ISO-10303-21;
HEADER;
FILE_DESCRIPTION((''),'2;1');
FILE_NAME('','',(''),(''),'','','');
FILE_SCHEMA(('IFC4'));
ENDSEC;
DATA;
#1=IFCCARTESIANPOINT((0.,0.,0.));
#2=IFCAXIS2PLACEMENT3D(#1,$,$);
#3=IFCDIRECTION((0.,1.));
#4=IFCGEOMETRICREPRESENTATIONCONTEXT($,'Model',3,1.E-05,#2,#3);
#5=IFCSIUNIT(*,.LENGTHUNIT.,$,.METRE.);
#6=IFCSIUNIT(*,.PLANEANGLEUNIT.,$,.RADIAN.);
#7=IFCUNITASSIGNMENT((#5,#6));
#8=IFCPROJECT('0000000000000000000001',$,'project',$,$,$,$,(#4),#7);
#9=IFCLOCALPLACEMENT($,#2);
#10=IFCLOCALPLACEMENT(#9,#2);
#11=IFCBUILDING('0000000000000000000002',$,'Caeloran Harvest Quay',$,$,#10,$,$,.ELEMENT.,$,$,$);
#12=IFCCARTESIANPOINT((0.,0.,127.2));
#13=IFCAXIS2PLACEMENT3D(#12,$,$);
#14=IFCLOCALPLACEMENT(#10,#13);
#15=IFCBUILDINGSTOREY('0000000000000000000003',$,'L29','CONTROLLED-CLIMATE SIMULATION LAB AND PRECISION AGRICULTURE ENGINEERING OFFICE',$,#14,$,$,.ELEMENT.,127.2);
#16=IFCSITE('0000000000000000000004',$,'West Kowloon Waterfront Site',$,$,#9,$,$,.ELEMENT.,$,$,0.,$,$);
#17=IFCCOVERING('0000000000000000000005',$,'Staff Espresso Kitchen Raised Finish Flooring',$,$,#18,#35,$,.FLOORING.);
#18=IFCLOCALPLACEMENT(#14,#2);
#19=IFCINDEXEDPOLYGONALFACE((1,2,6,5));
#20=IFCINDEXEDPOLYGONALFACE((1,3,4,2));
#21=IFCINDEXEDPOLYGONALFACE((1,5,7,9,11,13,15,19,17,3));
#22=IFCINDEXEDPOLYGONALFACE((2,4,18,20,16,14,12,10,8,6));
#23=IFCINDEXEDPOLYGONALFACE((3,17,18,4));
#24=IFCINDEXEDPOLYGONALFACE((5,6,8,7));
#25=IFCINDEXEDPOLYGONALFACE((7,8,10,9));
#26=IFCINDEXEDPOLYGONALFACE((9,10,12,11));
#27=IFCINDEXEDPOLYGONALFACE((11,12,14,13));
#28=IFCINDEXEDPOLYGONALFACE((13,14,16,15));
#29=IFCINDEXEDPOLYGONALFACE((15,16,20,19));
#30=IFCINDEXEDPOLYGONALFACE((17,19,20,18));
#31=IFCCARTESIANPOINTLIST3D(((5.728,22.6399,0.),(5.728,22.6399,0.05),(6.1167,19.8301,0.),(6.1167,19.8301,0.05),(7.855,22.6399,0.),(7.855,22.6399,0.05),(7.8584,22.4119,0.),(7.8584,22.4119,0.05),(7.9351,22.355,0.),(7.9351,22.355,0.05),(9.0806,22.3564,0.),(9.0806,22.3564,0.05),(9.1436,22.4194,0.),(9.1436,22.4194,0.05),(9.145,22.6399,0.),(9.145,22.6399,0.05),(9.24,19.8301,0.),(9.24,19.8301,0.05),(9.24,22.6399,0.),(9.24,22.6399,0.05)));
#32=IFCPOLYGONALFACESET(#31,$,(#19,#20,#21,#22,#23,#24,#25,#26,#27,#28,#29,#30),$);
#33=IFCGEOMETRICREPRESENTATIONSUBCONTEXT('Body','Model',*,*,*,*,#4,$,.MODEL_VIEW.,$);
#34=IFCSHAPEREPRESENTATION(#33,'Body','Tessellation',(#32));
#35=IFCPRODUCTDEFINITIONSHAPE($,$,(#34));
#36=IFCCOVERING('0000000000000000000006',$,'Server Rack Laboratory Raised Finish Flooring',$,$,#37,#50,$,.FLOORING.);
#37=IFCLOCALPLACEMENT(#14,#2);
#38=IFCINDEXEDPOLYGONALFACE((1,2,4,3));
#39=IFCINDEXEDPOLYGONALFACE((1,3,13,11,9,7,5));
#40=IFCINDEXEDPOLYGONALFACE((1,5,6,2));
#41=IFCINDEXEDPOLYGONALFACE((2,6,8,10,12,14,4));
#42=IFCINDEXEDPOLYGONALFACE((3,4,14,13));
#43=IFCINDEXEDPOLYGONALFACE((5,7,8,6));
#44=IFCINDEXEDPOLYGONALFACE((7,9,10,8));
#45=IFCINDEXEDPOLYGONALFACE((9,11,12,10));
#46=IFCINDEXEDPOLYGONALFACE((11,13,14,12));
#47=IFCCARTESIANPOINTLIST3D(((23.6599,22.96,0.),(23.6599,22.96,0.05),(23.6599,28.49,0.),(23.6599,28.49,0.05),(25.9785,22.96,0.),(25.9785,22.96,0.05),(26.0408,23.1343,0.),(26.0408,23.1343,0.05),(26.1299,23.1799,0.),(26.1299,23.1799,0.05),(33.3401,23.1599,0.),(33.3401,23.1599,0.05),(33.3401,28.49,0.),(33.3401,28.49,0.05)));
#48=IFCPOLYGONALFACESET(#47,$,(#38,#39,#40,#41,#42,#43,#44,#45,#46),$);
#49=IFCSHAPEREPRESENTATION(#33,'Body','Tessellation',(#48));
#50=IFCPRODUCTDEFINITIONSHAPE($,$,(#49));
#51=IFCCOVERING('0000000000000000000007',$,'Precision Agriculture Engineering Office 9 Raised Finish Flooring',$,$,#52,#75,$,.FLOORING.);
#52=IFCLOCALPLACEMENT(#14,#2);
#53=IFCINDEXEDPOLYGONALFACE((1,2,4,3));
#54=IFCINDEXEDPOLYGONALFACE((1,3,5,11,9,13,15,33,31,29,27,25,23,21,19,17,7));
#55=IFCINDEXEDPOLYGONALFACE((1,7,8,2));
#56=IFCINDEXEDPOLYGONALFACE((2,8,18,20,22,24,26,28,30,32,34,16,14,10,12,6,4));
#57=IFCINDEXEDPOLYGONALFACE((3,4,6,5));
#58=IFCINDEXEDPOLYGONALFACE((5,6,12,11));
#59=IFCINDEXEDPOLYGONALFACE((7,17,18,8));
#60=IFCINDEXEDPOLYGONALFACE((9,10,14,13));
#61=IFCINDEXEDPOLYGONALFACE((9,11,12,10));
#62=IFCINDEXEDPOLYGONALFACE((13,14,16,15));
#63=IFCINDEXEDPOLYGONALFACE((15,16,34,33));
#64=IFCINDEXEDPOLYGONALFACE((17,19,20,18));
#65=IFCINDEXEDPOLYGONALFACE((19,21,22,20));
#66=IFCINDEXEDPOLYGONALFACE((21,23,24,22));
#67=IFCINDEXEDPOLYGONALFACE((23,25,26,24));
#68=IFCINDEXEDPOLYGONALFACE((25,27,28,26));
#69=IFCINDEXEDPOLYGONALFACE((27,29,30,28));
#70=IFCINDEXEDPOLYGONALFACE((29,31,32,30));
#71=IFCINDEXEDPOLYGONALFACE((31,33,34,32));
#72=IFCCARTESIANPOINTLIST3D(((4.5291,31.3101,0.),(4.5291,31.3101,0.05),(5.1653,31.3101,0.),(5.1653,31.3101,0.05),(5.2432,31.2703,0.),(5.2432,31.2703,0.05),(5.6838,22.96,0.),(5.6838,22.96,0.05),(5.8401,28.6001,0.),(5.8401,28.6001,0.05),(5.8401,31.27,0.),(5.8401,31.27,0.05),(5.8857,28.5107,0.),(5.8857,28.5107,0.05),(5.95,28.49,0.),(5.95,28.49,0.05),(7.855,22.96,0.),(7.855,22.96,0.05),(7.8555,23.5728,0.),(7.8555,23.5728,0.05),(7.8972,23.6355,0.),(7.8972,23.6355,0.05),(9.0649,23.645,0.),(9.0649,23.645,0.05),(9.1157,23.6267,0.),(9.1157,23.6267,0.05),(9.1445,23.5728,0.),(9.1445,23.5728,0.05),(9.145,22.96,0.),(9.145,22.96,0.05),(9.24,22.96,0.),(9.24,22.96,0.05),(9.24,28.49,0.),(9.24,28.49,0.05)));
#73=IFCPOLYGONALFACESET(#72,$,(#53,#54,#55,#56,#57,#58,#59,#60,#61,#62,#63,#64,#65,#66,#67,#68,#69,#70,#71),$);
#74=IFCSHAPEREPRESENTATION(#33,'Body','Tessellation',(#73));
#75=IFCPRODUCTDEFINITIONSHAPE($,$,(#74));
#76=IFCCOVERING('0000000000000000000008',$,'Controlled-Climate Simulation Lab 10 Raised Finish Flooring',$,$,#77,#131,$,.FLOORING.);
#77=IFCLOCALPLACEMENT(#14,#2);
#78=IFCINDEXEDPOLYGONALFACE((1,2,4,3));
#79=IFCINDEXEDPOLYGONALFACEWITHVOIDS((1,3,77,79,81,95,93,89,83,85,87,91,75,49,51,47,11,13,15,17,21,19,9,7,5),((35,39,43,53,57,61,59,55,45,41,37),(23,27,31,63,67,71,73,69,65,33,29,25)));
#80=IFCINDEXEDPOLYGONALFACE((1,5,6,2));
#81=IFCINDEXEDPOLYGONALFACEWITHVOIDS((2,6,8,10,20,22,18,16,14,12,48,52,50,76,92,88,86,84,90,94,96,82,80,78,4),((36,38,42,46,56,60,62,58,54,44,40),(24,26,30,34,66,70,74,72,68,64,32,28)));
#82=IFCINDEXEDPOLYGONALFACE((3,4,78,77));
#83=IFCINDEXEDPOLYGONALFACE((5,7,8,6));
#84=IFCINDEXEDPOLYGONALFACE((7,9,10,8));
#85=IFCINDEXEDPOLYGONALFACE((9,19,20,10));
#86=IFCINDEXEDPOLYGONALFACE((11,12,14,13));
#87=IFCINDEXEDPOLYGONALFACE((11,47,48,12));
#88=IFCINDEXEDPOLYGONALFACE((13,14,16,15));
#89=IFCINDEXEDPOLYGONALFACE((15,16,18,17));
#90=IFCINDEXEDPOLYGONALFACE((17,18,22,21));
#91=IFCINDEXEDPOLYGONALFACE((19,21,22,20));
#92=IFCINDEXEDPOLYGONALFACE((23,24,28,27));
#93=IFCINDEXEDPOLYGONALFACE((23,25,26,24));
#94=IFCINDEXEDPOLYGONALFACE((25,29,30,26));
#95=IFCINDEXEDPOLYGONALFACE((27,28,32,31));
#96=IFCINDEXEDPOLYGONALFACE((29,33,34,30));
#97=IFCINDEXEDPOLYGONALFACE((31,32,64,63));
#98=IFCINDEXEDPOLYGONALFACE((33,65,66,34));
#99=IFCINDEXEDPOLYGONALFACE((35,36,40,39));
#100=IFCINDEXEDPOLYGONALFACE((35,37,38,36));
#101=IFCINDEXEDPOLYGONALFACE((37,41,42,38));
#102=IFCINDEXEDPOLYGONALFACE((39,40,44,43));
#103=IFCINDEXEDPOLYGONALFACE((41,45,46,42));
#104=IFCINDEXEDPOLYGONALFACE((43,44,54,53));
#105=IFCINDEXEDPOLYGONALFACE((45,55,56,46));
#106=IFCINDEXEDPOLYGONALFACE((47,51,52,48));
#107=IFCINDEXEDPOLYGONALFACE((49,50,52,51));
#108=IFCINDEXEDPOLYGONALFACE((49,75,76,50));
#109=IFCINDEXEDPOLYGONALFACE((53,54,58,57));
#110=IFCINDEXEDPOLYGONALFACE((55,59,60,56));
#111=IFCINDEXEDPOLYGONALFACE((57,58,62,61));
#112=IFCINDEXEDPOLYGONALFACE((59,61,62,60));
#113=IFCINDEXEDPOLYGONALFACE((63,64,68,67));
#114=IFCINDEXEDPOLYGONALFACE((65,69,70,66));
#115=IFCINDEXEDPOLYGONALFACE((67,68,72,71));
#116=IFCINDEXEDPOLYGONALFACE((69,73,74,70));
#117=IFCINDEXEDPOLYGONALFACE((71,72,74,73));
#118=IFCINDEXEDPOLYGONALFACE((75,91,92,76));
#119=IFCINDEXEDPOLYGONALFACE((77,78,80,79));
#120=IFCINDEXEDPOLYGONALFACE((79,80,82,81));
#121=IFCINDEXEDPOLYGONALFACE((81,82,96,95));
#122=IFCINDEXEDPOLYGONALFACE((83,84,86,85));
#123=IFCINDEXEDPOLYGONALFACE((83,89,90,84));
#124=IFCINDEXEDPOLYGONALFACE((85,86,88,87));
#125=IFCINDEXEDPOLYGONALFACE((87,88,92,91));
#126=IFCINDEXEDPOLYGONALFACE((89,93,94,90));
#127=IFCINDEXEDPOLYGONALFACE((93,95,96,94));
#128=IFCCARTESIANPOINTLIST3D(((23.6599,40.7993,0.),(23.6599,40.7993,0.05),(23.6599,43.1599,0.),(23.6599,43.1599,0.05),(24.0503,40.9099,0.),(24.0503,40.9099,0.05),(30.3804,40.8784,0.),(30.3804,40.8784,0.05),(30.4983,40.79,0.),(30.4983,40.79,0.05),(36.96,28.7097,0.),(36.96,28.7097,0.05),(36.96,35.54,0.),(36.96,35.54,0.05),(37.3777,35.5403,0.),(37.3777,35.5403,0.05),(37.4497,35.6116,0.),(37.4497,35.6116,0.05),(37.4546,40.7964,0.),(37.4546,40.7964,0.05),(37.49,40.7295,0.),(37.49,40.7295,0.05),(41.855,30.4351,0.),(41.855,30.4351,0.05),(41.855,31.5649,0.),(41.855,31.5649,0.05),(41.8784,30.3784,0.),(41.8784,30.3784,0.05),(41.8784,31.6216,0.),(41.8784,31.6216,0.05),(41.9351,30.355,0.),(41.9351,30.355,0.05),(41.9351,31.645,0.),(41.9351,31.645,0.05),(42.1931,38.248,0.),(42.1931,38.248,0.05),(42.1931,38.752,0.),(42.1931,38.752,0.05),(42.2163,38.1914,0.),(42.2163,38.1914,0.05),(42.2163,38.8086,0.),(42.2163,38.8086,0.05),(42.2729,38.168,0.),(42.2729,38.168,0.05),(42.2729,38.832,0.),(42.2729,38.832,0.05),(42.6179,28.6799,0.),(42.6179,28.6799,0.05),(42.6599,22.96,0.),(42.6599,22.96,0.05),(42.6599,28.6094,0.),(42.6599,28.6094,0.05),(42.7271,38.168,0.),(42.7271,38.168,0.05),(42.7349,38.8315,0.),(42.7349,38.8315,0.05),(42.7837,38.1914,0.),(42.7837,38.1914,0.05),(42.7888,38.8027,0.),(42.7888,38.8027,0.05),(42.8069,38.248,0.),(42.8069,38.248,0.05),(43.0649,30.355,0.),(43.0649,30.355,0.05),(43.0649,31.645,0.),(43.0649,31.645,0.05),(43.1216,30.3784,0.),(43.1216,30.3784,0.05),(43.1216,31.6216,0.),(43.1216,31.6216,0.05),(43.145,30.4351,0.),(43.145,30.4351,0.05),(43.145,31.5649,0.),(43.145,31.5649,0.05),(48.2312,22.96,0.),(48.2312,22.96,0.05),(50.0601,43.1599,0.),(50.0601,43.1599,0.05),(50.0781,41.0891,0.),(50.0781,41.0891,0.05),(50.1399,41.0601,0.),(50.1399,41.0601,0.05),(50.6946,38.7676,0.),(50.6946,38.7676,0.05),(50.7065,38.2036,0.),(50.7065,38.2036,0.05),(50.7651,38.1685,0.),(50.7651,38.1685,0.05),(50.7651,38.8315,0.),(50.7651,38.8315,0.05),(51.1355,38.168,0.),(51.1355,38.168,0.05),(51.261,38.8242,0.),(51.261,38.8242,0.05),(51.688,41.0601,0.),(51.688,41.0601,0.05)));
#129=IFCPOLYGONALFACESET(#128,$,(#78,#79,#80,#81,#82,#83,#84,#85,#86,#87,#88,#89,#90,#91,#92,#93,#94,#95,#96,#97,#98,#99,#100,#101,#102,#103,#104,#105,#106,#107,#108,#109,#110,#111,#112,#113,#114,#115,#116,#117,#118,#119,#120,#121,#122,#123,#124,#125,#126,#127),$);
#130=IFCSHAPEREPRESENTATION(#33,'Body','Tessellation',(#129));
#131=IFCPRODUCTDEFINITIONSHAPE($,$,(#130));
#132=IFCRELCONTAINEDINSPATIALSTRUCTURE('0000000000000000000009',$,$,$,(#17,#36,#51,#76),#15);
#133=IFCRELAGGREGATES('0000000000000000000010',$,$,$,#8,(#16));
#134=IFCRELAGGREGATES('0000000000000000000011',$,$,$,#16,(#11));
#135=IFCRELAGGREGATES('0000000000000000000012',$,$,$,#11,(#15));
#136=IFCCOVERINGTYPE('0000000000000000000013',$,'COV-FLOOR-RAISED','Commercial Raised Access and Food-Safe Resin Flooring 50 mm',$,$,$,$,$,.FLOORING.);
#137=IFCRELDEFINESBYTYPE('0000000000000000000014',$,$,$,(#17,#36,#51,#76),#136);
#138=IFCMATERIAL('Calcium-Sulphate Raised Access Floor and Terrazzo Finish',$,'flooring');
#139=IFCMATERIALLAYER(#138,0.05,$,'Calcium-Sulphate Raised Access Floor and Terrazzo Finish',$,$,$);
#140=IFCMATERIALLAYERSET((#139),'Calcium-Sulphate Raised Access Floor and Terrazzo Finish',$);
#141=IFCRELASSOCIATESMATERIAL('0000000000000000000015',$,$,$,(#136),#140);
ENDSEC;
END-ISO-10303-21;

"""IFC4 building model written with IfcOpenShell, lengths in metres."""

from ifc_helpers import new_model, si_unit, direction, frame, origin, place, context, subcontext, project, spatial, polyline, outline, extrude, material, layer, layer_set, type_object, element, save


model = new_model("IFC4")

# Units and contexts
model_context = context("Model", 3, precision=1e-05, world=origin(), true_north=direction((0.0, 1.0)))
body_context = subcontext(model_context, "Body", "Model", "MODEL_VIEW")
ifc_project = project(units=[si_unit("LENGTHUNIT", "METRE"), si_unit("PLANEANGLEUNIT", "RADIAN")], contexts=[model_context])

# Site, building, storey
site_placement = place(None, origin())
site = spatial("IfcSite", under=ifc_project, at=site_placement, Name="West Kowloon Waterfront Site", CompositionType="ELEMENT", RefElevation=0.0)
building_placement = place(site_placement, origin())
building = spatial("IfcBuilding", under=site, at=building_placement, Name="Caeloran Harvest Quay", CompositionType="ELEMENT")
storey_placement = place(building_placement, frame((0.0, 0.0, 127.2)))
storey = spatial("IfcBuildingStorey", under=building, at=storey_placement, Name="L29", Description="CONTROLLED-CLIMATE SIMULATION LAB AND PRECISION AGRICULTURE ENGINEERING OFFICE", CompositionType="ELEMENT", Elevation=127.2)

# Coverings
ifc_material_1 = material(Name="Calcium-Sulphate Raised Access Floor and Terrazzo Finish", Category="flooring")
ifc_layer_1 = layer(ifc_material_1, 0.05, Name="Calcium-Sulphate Raised Access Floor and Terrazzo Finish")
ifc_layer_set_1 = layer_set([ifc_layer_1], Name="Calcium-Sulphate Raised Access Floor and Terrazzo Finish")
covering_type_1 = type_object("IfcCoveringType", Name="COV-FLOOR-RAISED", Description="Commercial Raised Access and Food-Safe Resin Flooring 50 mm", PredefinedType="FLOORING", material=ifc_layer_set_1)
covering_1_placement = place(storey_placement, origin())
element("IfcCovering", 1, at=covering_1_placement, inside=storey, type_object=covering_type_1, Name="Staff Espresso Kitchen Raised Finish Flooring", PredefinedType="FLOORING", context=body_context, shape_type="SweptSolid", body=[
    extrude(outline(polyline([(7.855, 22.6399), (7.8584, 22.4119), (7.9351, 22.355), (9.0806, 22.3564), (9.1436, 22.4194), (9.145, 22.6399), (9.24, 22.6399), (9.24, 19.8301), (6.1167, 19.8301), (5.728, 22.6399), (7.855, 22.6399)])), origin(), (0.0, 0.0, 1.0), 0.05),
])
covering_2_placement = place(storey_placement, origin())
element("IfcCovering", 2, at=covering_2_placement, inside=storey, type_object=covering_type_1, Name="Server Rack Laboratory Raised Finish Flooring", PredefinedType="FLOORING", context=body_context, shape_type="SweptSolid", body=[
    extrude(outline(polyline([(33.3401, 23.1599), (26.1299, 23.1799), (26.0408, 23.1343), (25.9785, 22.96), (23.6599, 22.96), (23.6599, 28.49), (33.3401, 28.49), (33.3401, 23.1599)])), origin(), (0.0, 0.0, 1.0), 0.05),
])
covering_3_placement = place(storey_placement, origin())
element("IfcCovering", 3, at=covering_3_placement, inside=storey, type_object=covering_type_1, Name="Precision Agriculture Engineering Office 9 Raised Finish Flooring", PredefinedType="FLOORING", context=body_context, shape_type="SweptSolid", body=[
    extrude(outline(polyline([(5.1653, 31.3101), (5.2432, 31.2703), (5.8401, 31.27), (5.8401, 28.6001), (5.8857, 28.5107), (5.95, 28.49), (9.24, 28.49), (9.24, 22.96), (9.145, 22.96), (9.1445, 23.5728), (9.1157, 23.6267), (9.0649, 23.645), (7.8972, 23.6355), (7.8555, 23.5728), (7.855, 22.96), (5.6838, 22.96), (4.5291, 31.3101), (5.1653, 31.3101)])), origin(), (0.0, 0.0, 1.0), 0.05),
])
covering_4_placement = place(storey_placement, origin())
element("IfcCovering", 4, at=covering_4_placement, inside=storey, type_object=covering_type_1, Name="Controlled-Climate Simulation Lab 10 Raised Finish Flooring", PredefinedType="FLOORING", context=body_context, shape_type="SweptSolid", body=[
    extrude(outline(polyline([(23.6599, 40.7993), (23.6599, 43.1599), (50.0601, 43.1599), (50.0781, 41.0891), (50.1399, 41.0601), (51.688, 41.0601), (51.261, 38.8242), (50.7651, 38.8315), (50.6946, 38.7676), (50.7065, 38.2036), (50.7651, 38.1685), (51.1355, 38.168), (48.2312, 22.96), (42.6599, 22.96), (42.6599, 28.6094), (42.6179, 28.6799), (36.96, 28.7097), (36.96, 35.54), (37.3777, 35.5403), (37.4497, 35.6116), (37.49, 40.7295), (37.4546, 40.7964), (30.4983, 40.79), (30.3804, 40.8784), (24.0503, 40.9099), (23.6599, 40.7993)]), holes=[polyline([(41.9351, 31.645), (41.8784, 31.6216), (41.855, 31.5649), (41.855, 30.4351), (41.8784, 30.3784), (41.9351, 30.355), (43.0649, 30.355), (43.1216, 30.3784), (43.145, 30.4351), (43.145, 31.5649), (43.1216, 31.6216), (43.0649, 31.645), (41.9351, 31.645)]), polyline([(42.8069, 38.248), (42.7888, 38.8027), (42.7349, 38.8315), (42.2729, 38.832), (42.2163, 38.8086), (42.1931, 38.752), (42.1931, 38.248), (42.2163, 38.1914), (42.2729, 38.168), (42.7271, 38.168), (42.7837, 38.1914), (42.8069, 38.248)])]), origin(), (0.0, 0.0, 1.0), 0.05),
])

save(model, "model.ifc")
